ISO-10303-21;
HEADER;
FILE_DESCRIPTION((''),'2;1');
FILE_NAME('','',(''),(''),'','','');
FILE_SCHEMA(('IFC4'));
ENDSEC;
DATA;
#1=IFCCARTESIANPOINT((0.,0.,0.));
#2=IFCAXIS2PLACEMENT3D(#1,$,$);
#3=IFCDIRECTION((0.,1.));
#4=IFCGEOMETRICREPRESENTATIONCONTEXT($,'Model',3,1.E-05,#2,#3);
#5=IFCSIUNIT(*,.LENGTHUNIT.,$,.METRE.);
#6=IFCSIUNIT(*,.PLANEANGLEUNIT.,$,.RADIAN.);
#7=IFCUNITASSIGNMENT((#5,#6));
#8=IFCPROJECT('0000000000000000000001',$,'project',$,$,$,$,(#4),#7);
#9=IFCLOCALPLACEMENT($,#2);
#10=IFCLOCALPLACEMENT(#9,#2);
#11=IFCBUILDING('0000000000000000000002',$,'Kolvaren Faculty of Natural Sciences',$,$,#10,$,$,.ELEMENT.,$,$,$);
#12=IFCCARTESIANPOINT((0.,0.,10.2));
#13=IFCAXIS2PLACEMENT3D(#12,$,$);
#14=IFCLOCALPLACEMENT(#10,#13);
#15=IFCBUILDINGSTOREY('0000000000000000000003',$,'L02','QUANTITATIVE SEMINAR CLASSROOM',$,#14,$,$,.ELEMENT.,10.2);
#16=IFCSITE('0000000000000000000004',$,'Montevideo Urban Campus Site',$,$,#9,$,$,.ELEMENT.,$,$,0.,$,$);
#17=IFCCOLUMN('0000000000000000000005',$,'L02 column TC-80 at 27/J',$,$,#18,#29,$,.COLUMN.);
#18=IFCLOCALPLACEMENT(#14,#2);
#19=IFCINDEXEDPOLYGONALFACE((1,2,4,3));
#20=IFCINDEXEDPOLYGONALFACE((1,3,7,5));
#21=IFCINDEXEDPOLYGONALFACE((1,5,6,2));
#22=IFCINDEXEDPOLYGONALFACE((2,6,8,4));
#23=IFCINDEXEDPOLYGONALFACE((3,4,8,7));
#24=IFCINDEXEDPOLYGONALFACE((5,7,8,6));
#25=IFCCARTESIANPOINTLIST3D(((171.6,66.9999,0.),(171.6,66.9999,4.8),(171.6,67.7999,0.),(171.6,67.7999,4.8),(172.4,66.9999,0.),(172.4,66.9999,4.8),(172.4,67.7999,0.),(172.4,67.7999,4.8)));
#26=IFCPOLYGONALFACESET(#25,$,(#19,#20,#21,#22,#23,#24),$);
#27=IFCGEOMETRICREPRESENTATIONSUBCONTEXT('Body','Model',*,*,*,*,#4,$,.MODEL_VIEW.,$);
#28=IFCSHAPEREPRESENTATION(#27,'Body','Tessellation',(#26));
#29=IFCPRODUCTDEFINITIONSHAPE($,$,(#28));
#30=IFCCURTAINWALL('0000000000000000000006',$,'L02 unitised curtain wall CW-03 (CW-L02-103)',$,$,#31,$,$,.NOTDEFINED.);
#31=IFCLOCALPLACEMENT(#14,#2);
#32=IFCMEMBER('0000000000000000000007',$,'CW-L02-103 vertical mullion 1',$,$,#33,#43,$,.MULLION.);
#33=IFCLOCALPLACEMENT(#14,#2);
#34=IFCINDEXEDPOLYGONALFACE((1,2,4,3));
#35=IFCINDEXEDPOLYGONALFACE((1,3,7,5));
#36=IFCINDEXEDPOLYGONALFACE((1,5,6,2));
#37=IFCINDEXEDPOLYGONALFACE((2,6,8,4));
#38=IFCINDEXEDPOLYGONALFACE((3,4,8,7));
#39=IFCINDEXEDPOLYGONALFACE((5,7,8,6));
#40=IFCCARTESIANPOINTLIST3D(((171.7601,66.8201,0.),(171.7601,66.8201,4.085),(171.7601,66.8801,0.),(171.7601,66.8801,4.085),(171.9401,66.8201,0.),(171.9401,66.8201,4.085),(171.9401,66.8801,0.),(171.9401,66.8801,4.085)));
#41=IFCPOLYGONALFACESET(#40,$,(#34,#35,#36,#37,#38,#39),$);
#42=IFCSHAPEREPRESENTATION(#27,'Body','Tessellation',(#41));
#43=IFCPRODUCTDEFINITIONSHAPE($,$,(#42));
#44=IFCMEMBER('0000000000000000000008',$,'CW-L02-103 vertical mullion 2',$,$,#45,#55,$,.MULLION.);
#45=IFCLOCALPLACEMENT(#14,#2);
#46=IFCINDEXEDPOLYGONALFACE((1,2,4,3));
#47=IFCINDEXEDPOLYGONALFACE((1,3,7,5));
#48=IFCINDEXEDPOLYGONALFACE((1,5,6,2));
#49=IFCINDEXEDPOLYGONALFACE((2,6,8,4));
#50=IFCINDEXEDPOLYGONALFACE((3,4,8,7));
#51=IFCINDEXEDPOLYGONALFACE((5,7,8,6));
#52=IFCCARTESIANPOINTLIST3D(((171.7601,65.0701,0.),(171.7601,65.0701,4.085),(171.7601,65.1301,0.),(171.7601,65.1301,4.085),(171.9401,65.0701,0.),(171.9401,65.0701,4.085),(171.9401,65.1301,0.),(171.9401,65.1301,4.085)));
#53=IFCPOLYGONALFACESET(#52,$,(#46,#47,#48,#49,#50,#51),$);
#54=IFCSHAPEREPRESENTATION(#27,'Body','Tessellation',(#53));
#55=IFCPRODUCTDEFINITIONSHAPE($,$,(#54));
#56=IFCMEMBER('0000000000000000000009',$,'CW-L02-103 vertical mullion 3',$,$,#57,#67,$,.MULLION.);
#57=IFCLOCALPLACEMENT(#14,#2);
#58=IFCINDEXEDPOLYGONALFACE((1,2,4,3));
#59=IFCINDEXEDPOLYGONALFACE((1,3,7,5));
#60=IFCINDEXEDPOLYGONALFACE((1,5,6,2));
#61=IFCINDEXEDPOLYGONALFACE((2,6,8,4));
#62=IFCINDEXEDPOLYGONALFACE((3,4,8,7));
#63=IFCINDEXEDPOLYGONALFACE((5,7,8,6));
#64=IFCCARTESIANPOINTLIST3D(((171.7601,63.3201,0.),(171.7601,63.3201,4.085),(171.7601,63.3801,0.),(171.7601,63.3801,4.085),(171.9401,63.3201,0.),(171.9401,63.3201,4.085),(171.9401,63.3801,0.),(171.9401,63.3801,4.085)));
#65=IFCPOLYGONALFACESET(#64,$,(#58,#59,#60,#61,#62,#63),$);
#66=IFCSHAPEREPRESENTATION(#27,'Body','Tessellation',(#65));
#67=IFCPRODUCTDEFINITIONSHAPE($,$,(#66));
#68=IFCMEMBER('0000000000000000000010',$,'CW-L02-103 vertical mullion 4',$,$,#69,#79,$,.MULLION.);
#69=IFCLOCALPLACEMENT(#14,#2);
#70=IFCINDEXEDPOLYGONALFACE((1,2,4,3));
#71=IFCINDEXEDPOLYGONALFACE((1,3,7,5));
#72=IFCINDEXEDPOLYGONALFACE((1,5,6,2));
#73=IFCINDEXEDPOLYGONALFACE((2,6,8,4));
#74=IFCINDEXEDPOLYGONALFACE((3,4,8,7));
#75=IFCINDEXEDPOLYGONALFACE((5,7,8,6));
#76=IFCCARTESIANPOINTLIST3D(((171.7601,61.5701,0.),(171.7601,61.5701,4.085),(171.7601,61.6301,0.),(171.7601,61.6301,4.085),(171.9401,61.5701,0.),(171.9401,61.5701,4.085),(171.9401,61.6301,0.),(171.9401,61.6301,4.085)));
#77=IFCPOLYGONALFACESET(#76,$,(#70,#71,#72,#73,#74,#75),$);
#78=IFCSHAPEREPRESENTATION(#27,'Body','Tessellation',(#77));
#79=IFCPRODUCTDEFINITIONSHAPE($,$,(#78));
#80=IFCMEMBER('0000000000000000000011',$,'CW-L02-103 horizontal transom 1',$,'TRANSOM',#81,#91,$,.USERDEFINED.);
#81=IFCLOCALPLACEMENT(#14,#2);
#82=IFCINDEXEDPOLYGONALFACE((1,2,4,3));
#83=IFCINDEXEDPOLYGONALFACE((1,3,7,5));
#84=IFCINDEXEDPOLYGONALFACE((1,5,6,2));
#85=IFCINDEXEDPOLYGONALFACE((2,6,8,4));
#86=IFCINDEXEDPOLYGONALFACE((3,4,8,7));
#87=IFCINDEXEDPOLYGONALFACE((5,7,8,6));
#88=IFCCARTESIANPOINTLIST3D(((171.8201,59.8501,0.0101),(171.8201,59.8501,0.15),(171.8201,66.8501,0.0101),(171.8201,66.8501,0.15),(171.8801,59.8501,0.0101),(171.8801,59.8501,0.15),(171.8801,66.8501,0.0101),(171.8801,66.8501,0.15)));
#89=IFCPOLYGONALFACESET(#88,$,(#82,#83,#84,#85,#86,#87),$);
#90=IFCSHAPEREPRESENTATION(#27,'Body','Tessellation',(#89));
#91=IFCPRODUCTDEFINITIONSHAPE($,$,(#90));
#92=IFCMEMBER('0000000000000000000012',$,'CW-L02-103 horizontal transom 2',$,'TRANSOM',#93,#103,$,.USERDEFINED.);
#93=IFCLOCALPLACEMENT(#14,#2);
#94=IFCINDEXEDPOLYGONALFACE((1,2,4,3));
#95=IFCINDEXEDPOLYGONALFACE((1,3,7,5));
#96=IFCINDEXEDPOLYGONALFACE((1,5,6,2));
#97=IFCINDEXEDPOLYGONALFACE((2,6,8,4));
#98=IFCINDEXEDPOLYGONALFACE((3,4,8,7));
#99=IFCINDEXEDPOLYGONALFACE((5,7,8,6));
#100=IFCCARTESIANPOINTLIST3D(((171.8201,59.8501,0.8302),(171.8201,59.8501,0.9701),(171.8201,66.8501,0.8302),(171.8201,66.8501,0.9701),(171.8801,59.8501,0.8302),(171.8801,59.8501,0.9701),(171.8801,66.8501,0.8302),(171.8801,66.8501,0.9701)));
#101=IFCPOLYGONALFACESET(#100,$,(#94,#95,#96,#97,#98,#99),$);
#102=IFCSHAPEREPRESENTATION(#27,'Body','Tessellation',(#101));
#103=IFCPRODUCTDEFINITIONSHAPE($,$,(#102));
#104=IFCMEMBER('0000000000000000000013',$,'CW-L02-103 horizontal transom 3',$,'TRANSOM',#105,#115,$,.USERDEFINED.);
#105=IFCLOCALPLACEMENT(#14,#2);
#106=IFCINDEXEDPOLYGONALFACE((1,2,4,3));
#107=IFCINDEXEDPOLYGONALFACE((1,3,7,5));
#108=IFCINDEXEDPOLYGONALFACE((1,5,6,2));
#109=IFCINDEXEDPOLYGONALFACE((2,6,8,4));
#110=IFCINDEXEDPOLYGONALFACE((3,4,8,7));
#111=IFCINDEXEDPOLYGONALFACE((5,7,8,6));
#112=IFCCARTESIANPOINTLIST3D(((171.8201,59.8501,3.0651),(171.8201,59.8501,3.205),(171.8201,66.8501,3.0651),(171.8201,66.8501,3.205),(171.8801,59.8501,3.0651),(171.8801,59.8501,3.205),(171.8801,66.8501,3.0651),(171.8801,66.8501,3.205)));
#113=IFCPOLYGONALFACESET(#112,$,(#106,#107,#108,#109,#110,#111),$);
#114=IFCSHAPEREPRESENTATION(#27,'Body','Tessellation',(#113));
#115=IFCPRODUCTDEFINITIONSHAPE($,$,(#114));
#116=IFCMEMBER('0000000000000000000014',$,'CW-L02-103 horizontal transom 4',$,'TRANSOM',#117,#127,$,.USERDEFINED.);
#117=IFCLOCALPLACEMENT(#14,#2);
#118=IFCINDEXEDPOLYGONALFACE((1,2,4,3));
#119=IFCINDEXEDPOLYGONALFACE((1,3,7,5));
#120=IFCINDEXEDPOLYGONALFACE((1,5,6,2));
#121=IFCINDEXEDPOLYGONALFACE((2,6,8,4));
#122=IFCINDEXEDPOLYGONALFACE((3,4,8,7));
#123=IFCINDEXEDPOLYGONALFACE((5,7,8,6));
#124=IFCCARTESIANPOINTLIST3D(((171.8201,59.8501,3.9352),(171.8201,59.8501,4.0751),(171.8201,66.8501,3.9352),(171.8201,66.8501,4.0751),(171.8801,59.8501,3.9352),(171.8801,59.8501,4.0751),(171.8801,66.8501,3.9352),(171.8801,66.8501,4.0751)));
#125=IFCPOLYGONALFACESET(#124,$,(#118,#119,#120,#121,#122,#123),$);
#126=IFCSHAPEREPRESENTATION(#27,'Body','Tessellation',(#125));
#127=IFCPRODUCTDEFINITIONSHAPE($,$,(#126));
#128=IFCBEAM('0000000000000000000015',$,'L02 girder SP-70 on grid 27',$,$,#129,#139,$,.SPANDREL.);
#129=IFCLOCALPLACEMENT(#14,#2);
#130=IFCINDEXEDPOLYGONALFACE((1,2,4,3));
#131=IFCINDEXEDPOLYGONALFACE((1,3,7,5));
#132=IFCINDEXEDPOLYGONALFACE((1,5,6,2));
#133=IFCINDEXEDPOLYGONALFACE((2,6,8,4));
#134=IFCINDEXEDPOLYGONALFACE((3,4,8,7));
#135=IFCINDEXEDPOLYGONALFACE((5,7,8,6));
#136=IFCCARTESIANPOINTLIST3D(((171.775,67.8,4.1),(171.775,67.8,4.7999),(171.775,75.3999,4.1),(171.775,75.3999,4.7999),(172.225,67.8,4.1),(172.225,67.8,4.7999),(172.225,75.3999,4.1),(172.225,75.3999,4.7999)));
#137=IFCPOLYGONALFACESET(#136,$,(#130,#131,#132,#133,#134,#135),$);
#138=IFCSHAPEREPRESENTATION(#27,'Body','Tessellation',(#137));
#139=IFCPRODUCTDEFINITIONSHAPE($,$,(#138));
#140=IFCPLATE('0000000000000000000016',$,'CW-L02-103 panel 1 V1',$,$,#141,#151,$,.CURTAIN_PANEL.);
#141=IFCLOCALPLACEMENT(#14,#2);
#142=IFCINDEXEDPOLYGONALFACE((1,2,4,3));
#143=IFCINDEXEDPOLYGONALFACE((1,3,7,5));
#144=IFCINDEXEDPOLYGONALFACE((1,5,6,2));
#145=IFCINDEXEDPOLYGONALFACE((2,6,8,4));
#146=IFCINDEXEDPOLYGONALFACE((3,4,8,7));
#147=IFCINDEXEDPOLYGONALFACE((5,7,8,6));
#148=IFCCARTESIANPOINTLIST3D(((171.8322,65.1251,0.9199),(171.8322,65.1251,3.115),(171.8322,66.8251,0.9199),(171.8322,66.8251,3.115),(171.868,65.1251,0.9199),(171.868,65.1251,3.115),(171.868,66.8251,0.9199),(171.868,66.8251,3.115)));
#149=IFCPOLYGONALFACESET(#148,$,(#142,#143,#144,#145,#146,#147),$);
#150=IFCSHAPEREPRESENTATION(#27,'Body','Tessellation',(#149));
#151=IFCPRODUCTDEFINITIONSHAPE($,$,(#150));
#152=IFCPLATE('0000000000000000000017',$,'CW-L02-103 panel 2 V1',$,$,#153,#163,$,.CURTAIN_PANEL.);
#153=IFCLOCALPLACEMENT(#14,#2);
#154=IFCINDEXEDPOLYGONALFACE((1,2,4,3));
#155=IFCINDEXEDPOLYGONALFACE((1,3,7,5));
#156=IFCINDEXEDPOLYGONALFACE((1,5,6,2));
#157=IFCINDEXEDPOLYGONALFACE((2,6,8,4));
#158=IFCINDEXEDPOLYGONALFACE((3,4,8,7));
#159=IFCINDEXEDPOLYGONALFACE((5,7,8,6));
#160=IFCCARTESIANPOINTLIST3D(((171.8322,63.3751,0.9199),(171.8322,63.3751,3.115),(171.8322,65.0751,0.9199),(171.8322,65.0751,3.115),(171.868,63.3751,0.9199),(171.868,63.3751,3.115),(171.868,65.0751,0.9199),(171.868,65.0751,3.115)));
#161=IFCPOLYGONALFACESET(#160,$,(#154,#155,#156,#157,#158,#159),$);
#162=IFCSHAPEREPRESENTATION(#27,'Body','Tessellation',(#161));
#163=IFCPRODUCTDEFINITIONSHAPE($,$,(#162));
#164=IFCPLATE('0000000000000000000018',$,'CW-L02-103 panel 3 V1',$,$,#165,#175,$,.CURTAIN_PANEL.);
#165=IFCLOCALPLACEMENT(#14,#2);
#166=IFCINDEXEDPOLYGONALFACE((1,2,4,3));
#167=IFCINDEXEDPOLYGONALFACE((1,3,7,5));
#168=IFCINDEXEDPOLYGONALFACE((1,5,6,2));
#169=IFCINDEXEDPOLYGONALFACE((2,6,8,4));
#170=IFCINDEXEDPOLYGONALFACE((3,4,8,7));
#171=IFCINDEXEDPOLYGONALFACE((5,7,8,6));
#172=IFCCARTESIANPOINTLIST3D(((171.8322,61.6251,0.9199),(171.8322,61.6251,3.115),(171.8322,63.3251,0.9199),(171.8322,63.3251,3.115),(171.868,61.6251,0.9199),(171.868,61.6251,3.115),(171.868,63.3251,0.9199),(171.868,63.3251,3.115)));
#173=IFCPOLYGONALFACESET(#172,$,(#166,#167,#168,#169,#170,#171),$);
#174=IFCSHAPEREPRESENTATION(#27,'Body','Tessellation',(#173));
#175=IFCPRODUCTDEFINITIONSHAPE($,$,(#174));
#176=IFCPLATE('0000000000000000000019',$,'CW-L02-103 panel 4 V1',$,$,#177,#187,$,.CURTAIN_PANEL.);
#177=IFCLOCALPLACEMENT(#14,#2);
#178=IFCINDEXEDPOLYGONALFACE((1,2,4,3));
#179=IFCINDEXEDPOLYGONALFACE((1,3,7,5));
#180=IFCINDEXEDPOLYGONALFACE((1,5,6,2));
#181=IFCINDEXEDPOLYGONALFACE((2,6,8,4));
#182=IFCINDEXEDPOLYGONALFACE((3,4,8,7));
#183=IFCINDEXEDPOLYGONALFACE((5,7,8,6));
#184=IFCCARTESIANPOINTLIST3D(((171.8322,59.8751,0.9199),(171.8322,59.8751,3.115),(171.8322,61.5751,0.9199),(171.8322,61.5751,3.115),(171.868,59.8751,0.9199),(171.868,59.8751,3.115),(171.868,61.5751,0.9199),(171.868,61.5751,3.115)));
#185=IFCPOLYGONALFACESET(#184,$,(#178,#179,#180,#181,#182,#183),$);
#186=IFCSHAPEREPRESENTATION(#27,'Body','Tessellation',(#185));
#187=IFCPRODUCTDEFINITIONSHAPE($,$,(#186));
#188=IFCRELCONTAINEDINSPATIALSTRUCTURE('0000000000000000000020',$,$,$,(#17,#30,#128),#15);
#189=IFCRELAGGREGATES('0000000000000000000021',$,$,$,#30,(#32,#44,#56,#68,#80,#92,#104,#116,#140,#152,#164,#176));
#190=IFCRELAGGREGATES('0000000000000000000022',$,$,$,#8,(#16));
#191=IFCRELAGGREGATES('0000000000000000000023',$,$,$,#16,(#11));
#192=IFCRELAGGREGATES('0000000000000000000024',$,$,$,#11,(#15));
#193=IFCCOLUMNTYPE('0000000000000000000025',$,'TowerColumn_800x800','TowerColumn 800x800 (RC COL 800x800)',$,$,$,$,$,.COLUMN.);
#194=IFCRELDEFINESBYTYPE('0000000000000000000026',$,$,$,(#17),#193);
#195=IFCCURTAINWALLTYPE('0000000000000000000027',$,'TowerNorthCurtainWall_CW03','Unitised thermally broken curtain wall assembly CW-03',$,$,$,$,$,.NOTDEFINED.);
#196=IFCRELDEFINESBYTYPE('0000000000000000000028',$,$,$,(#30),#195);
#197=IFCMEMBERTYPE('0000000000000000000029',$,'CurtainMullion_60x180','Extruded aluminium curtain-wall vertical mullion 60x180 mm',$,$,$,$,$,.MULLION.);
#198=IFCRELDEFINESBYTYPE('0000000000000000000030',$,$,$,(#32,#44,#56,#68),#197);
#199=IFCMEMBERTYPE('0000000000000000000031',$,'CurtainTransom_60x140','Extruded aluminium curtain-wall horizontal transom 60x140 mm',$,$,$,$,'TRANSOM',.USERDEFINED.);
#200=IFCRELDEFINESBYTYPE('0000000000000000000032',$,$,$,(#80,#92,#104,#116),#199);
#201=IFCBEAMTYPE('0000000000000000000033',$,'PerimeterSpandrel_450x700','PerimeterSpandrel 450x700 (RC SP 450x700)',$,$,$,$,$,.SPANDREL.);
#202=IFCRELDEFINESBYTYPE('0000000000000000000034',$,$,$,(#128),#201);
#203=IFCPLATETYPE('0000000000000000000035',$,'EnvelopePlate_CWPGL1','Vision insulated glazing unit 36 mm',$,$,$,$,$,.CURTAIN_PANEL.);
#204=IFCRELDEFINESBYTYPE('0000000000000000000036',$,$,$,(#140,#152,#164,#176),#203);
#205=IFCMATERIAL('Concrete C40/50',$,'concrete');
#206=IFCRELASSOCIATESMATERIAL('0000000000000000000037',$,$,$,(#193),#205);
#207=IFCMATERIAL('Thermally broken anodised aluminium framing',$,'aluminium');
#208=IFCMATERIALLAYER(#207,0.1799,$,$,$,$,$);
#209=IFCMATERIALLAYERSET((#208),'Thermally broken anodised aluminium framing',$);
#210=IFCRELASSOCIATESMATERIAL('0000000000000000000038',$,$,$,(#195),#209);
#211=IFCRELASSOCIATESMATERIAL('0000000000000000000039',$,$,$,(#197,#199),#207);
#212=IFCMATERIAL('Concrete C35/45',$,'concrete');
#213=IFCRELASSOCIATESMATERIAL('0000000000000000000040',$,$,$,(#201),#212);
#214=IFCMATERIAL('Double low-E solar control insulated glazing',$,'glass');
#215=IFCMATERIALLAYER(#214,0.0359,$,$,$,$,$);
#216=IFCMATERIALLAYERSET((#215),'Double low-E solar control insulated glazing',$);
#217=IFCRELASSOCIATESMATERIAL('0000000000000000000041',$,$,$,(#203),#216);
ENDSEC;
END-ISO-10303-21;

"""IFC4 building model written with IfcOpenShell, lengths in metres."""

from ifc_helpers import new_model, si_unit, direction, frame, origin, origin_2d, place, context, subcontext, project, spatial, rectangle, extrude, material, layer, layer_set, material_profile, profile_set, type_object, element, aggregate, save


model = new_model("IFC4")

# Units and contexts
model_context = context("Model", 3, precision=1e-05, world=origin(), true_north=direction((0.0, 1.0)))
body_context = subcontext(model_context, "Body", "Model", "MODEL_VIEW")
ifc_project = project(units=[si_unit("LENGTHUNIT", "METRE"), si_unit("PLANEANGLEUNIT", "RADIAN")], contexts=[model_context])

# Site, building, storey
site_placement = place(None, origin())
site = spatial("IfcSite", under=ifc_project, at=site_placement, Name="Montevideo Urban Campus Site", CompositionType="ELEMENT", RefElevation=0.0)
building_placement = place(site_placement, origin())
building = spatial("IfcBuilding", under=site, at=building_placement, Name="Kolvaren Faculty of Natural Sciences", CompositionType="ELEMENT")
storey_placement = place(building_placement, frame((0.0, 0.0, 10.2)))
storey = spatial("IfcBuildingStorey", under=building, at=storey_placement, Name="L02", Description="QUANTITATIVE SEMINAR CLASSROOM", CompositionType="ELEMENT", Elevation=10.2)

# Column
ifc_material_1 = material(Name="Concrete C40/50", Category="concrete")
ifc_material_profile_1 = material_profile(ifc_material_1, rectangle(XDim=0.8, YDim=0.8, at=origin_2d()), Name="RC COL 800x800")
ifc_profile_set_1 = profile_set([ifc_material_profile_1], Name="Concrete C40/50")
column_type = type_object("IfcColumnType", Name="TowerColumn_800x800", Description="TowerColumn 800x800 (RC COL 800x800)", PredefinedType="COLUMN", material=ifc_profile_set_1)
column_placement = place(storey_placement, frame((172.0, 67.3999, 0.0), z_axis=(0.0, 0.0, 1.0), x_axis=(1.0, 0.0, 0.0)))
element("IfcColumn", 1, at=column_placement, inside=storey, type_object=column_type, Name="L02 column TC-80 at 27/J", PredefinedType="COLUMN", context=body_context, shape_type="SweptSolid", body=[
    extrude(rectangle(XDim=0.8, YDim=0.8, at=origin_2d()), origin(), (0.0, 0.0, 1.0), 4.8),
])

# Curtain wall, members
ifc_material_2 = material(Name="Thermally broken anodised aluminium framing", Category="aluminium")
ifc_layer_1 = layer(ifc_material_2, 0.1799)
ifc_layer_set_1 = layer_set([ifc_layer_1], Name="Thermally broken anodised aluminium framing")
curtain_wall_type = type_object("IfcCurtainWallType", Name="TowerNorthCurtainWall_CW03", Description="Unitised thermally broken curtain wall assembly CW-03", PredefinedType="NOTDEFINED", material=ifc_layer_set_1)
curtain_wall_placement = place(storey_placement, origin())
curtain_wall = element("IfcCurtainWall", 2, at=curtain_wall_placement, inside=storey, type_object=curtain_wall_type, Name="L02 unitised curtain wall CW-03 (CW-L02-103)", PredefinedType="NOTDEFINED")
ifc_material_profile_2 = material_profile(ifc_material_2, rectangle(XDim=0.0601, YDim=0.1799, at=origin_2d()), Name="ALU MUL 60x180")
ifc_profile_set_2 = profile_set([ifc_material_profile_2], Name="Thermally broken anodised aluminium framing")
member_type_1 = type_object("IfcMemberType", Name="CurtainMullion_60x180", Description="Extruded aluminium curtain-wall vertical mullion 60x180 mm", PredefinedType="MULLION", material=ifc_profile_set_2)
member_1_placement = place(storey_placement, frame((171.8501, 66.8501, 0.0), z_axis=(0.0, 0.0, 1.0), x_axis=(0.0, -1.0, 0.0)))
member_1 = element("IfcMember", 3, at=member_1_placement, type_object=member_type_1, Name="CW-L02-103 vertical mullion 1", PredefinedType="MULLION", context=body_context, shape_type="SweptSolid", body=[
    extrude(rectangle(XDim=0.0601, YDim=0.1799, at=origin_2d()), origin(), (0.0, 0.0, 1.0), 4.085),
])
member_2_placement = place(storey_placement, frame((171.8501, 65.1001, 0.0), z_axis=(0.0, 0.0, 1.0), x_axis=(0.0, -1.0, 0.0)))
member_2 = element("IfcMember", 4, at=member_2_placement, type_object=member_type_1, Name="CW-L02-103 vertical mullion 2", PredefinedType="MULLION", context=body_context, shape_type="SweptSolid", body=[
    extrude(rectangle(XDim=0.0601, YDim=0.1799, at=origin_2d()), origin(), (0.0, 0.0, 1.0), 4.085),
])
member_3_placement = place(storey_placement, frame((171.8501, 63.3501, 0.0), z_axis=(0.0, 0.0, 1.0), x_axis=(0.0, -1.0, 0.0)))
member_3 = element("IfcMember", 5, at=member_3_placement, type_object=member_type_1, Name="CW-L02-103 vertical mullion 3", PredefinedType="MULLION", context=body_context, shape_type="SweptSolid", body=[
    extrude(rectangle(XDim=0.0601, YDim=0.1799, at=origin_2d()), origin(), (0.0, 0.0, 1.0), 4.085),
])
member_4_placement = place(storey_placement, frame((171.8501, 61.6001, 0.0), z_axis=(0.0, 0.0, 1.0), x_axis=(0.0, -1.0, 0.0)))
member_4 = element("IfcMember", 6, at=member_4_placement, type_object=member_type_1, Name="CW-L02-103 vertical mullion 4", PredefinedType="MULLION", context=body_context, shape_type="SweptSolid", body=[
    extrude(rectangle(XDim=0.0601, YDim=0.1799, at=origin_2d()), origin(), (0.0, 0.0, 1.0), 4.085),
])
ifc_material_profile_3 = material_profile(ifc_material_2, rectangle(XDim=0.0601, YDim=0.1399, at=origin_2d()), Name="ALU TRN 60x140")
ifc_profile_set_3 = profile_set([ifc_material_profile_3], Name="Thermally broken anodised aluminium framing")
member_type_2 = type_object("IfcMemberType", Name="CurtainTransom_60x140", Description="Extruded aluminium curtain-wall horizontal transom 60x140 mm", ElementType="TRANSOM", PredefinedType="USERDEFINED", material=ifc_profile_set_3)
member_5_placement = place(storey_placement, frame((171.8501, 66.8501, 0.0801), z_axis=(0.0, -1.0, 0.0), x_axis=(1.0, 0.0, 0.0)))
member_5 = element("IfcMember", 7, at=member_5_placement, type_object=member_type_2, Name="CW-L02-103 horizontal transom 1", ObjectType="TRANSOM", PredefinedType="USERDEFINED", context=body_context, shape_type="SweptSolid", body=[
    extrude(rectangle(XDim=0.0601, YDim=0.1399, at=origin_2d()), origin(), (0.0, 0.0, 1.0), 7.0),
])
member_6_placement = place(storey_placement, frame((171.8501, 66.8501, 0.9001), z_axis=(0.0, -1.0, 0.0), x_axis=(1.0, 0.0, 0.0)))
member_6 = element("IfcMember", 8, at=member_6_placement, type_object=member_type_2, Name="CW-L02-103 horizontal transom 2", ObjectType="TRANSOM", PredefinedType="USERDEFINED", context=body_context, shape_type="SweptSolid", body=[
    extrude(rectangle(XDim=0.0601, YDim=0.1399, at=origin_2d()), origin(), (0.0, 0.0, 1.0), 7.0),
])
member_7_placement = place(storey_placement, frame((171.8501, 66.8501, 3.135), z_axis=(0.0, -1.0, 0.0), x_axis=(1.0, 0.0, 0.0)))
member_7 = element("IfcMember", 9, at=member_7_placement, type_object=member_type_2, Name="CW-L02-103 horizontal transom 3", ObjectType="TRANSOM", PredefinedType="USERDEFINED", context=body_context, shape_type="SweptSolid", body=[
    extrude(rectangle(XDim=0.0601, YDim=0.1399, at=origin_2d()), origin(), (0.0, 0.0, 1.0), 7.0),
])
member_8_placement = place(storey_placement, frame((171.8501, 66.8501, 4.0051), z_axis=(0.0, -1.0, 0.0), x_axis=(1.0, 0.0, 0.0)))
member_8 = element("IfcMember", 10, at=member_8_placement, type_object=member_type_2, Name="CW-L02-103 horizontal transom 4", ObjectType="TRANSOM", PredefinedType="USERDEFINED", context=body_context, shape_type="SweptSolid", body=[
    extrude(rectangle(XDim=0.0601, YDim=0.1399, at=origin_2d()), origin(), (0.0, 0.0, 1.0), 7.0),
])

# Beam
ifc_material_3 = material(Name="Concrete C35/45", Category="concrete")
ifc_material_profile_4 = material_profile(ifc_material_3, rectangle(XDim=0.45, YDim=0.7, at=origin_2d()), Name="RC SP 450x700")
ifc_profile_set_4 = profile_set([ifc_material_profile_4], Name="Concrete C35/45")
beam_type = type_object("IfcBeamType", Name="PerimeterSpandrel_450x700", Description="PerimeterSpandrel 450x700 (RC SP 450x700)", PredefinedType="SPANDREL", material=ifc_profile_set_4)
beam_placement = place(storey_placement, frame((172.0, 67.8, 4.45), z_axis=(0.0, 1.0, 0.0), x_axis=(-1.0, 0.0, 0.0)))
element("IfcBeam", 11, at=beam_placement, inside=storey, type_object=beam_type, Name="L02 girder SP-70 on grid 27", PredefinedType="SPANDREL", context=body_context, shape_type="SweptSolid", body=[
    extrude(rectangle(XDim=0.45, YDim=0.7, at=origin_2d()), origin(), (0.0, 0.0, 1.0), 7.5999),
])

# Plates
ifc_material_4 = material(Name="Double low-E solar control insulated glazing", Category="glass")
ifc_layer_2 = layer(ifc_material_4, 0.0359)
ifc_layer_set_2 = layer_set([ifc_layer_2], Name="Double low-E solar control insulated glazing")
plate_type_1 = type_object("IfcPlateType", Name="EnvelopePlate_CWPGL1", Description="Vision insulated glazing unit 36 mm", PredefinedType="CURTAIN_PANEL", material=ifc_layer_set_2)
plate_1_placement = place(storey_placement, frame((171.8501, 65.9751, 0.9199), z_axis=(0.0, 0.0, 1.0), x_axis=(0.0, -1.0, 0.0)))
plate_1 = element("IfcPlate", 12, at=plate_1_placement, type_object=plate_type_1, Name="CW-L02-103 panel 1 V1", PredefinedType="CURTAIN_PANEL", context=body_context, shape_type="SweptSolid", body=[
    extrude(rectangle(XDim=1.7, YDim=0.0359, at=origin_2d()), origin(), (0.0, 0.0, 1.0), 2.1951),
])
plate_2_placement = place(storey_placement, frame((171.8501, 64.2251, 0.9199), z_axis=(0.0, 0.0, 1.0), x_axis=(0.0, -1.0, 0.0)))
plate_2 = element("IfcPlate", 13, at=plate_2_placement, type_object=plate_type_1, Name="CW-L02-103 panel 2 V1", PredefinedType="CURTAIN_PANEL", context=body_context, shape_type="SweptSolid", body=[
    extrude(rectangle(XDim=1.7, YDim=0.0359, at=origin_2d()), origin(), (0.0, 0.0, 1.0), 2.1951),
])
plate_3_placement = place(storey_placement, frame((171.8501, 62.4751, 0.9199), z_axis=(0.0, 0.0, 1.0), x_axis=(0.0, -1.0, 0.0)))
plate_3 = element("IfcPlate", 14, at=plate_3_placement, type_object=plate_type_1, Name="CW-L02-103 panel 3 V1", PredefinedType="CURTAIN_PANEL", context=body_context, shape_type="SweptSolid", body=[
    extrude(rectangle(XDim=1.7, YDim=0.0359, at=origin_2d()), origin(), (0.0, 0.0, 1.0), 2.1951),
])
plate_4_placement = place(storey_placement, frame((171.8501, 60.7251, 0.9199), z_axis=(0.0, 0.0, 1.0), x_axis=(0.0, -1.0, 0.0)))
plate_4 = element("IfcPlate", 15, at=plate_4_placement, type_object=plate_type_1, Name="CW-L02-103 panel 4 V1", PredefinedType="CURTAIN_PANEL", context=body_context, shape_type="SweptSolid", body=[
    extrude(rectangle(XDim=1.7, YDim=0.0359, at=origin_2d()), origin(), (0.0, 0.0, 1.0), 2.1951),
])
aggregate(curtain_wall, [member_1, member_2, member_3, member_4, member_5, member_6, member_7, member_8, plate_1, plate_2, plate_3, plate_4])

save(model, "model.ifc")
